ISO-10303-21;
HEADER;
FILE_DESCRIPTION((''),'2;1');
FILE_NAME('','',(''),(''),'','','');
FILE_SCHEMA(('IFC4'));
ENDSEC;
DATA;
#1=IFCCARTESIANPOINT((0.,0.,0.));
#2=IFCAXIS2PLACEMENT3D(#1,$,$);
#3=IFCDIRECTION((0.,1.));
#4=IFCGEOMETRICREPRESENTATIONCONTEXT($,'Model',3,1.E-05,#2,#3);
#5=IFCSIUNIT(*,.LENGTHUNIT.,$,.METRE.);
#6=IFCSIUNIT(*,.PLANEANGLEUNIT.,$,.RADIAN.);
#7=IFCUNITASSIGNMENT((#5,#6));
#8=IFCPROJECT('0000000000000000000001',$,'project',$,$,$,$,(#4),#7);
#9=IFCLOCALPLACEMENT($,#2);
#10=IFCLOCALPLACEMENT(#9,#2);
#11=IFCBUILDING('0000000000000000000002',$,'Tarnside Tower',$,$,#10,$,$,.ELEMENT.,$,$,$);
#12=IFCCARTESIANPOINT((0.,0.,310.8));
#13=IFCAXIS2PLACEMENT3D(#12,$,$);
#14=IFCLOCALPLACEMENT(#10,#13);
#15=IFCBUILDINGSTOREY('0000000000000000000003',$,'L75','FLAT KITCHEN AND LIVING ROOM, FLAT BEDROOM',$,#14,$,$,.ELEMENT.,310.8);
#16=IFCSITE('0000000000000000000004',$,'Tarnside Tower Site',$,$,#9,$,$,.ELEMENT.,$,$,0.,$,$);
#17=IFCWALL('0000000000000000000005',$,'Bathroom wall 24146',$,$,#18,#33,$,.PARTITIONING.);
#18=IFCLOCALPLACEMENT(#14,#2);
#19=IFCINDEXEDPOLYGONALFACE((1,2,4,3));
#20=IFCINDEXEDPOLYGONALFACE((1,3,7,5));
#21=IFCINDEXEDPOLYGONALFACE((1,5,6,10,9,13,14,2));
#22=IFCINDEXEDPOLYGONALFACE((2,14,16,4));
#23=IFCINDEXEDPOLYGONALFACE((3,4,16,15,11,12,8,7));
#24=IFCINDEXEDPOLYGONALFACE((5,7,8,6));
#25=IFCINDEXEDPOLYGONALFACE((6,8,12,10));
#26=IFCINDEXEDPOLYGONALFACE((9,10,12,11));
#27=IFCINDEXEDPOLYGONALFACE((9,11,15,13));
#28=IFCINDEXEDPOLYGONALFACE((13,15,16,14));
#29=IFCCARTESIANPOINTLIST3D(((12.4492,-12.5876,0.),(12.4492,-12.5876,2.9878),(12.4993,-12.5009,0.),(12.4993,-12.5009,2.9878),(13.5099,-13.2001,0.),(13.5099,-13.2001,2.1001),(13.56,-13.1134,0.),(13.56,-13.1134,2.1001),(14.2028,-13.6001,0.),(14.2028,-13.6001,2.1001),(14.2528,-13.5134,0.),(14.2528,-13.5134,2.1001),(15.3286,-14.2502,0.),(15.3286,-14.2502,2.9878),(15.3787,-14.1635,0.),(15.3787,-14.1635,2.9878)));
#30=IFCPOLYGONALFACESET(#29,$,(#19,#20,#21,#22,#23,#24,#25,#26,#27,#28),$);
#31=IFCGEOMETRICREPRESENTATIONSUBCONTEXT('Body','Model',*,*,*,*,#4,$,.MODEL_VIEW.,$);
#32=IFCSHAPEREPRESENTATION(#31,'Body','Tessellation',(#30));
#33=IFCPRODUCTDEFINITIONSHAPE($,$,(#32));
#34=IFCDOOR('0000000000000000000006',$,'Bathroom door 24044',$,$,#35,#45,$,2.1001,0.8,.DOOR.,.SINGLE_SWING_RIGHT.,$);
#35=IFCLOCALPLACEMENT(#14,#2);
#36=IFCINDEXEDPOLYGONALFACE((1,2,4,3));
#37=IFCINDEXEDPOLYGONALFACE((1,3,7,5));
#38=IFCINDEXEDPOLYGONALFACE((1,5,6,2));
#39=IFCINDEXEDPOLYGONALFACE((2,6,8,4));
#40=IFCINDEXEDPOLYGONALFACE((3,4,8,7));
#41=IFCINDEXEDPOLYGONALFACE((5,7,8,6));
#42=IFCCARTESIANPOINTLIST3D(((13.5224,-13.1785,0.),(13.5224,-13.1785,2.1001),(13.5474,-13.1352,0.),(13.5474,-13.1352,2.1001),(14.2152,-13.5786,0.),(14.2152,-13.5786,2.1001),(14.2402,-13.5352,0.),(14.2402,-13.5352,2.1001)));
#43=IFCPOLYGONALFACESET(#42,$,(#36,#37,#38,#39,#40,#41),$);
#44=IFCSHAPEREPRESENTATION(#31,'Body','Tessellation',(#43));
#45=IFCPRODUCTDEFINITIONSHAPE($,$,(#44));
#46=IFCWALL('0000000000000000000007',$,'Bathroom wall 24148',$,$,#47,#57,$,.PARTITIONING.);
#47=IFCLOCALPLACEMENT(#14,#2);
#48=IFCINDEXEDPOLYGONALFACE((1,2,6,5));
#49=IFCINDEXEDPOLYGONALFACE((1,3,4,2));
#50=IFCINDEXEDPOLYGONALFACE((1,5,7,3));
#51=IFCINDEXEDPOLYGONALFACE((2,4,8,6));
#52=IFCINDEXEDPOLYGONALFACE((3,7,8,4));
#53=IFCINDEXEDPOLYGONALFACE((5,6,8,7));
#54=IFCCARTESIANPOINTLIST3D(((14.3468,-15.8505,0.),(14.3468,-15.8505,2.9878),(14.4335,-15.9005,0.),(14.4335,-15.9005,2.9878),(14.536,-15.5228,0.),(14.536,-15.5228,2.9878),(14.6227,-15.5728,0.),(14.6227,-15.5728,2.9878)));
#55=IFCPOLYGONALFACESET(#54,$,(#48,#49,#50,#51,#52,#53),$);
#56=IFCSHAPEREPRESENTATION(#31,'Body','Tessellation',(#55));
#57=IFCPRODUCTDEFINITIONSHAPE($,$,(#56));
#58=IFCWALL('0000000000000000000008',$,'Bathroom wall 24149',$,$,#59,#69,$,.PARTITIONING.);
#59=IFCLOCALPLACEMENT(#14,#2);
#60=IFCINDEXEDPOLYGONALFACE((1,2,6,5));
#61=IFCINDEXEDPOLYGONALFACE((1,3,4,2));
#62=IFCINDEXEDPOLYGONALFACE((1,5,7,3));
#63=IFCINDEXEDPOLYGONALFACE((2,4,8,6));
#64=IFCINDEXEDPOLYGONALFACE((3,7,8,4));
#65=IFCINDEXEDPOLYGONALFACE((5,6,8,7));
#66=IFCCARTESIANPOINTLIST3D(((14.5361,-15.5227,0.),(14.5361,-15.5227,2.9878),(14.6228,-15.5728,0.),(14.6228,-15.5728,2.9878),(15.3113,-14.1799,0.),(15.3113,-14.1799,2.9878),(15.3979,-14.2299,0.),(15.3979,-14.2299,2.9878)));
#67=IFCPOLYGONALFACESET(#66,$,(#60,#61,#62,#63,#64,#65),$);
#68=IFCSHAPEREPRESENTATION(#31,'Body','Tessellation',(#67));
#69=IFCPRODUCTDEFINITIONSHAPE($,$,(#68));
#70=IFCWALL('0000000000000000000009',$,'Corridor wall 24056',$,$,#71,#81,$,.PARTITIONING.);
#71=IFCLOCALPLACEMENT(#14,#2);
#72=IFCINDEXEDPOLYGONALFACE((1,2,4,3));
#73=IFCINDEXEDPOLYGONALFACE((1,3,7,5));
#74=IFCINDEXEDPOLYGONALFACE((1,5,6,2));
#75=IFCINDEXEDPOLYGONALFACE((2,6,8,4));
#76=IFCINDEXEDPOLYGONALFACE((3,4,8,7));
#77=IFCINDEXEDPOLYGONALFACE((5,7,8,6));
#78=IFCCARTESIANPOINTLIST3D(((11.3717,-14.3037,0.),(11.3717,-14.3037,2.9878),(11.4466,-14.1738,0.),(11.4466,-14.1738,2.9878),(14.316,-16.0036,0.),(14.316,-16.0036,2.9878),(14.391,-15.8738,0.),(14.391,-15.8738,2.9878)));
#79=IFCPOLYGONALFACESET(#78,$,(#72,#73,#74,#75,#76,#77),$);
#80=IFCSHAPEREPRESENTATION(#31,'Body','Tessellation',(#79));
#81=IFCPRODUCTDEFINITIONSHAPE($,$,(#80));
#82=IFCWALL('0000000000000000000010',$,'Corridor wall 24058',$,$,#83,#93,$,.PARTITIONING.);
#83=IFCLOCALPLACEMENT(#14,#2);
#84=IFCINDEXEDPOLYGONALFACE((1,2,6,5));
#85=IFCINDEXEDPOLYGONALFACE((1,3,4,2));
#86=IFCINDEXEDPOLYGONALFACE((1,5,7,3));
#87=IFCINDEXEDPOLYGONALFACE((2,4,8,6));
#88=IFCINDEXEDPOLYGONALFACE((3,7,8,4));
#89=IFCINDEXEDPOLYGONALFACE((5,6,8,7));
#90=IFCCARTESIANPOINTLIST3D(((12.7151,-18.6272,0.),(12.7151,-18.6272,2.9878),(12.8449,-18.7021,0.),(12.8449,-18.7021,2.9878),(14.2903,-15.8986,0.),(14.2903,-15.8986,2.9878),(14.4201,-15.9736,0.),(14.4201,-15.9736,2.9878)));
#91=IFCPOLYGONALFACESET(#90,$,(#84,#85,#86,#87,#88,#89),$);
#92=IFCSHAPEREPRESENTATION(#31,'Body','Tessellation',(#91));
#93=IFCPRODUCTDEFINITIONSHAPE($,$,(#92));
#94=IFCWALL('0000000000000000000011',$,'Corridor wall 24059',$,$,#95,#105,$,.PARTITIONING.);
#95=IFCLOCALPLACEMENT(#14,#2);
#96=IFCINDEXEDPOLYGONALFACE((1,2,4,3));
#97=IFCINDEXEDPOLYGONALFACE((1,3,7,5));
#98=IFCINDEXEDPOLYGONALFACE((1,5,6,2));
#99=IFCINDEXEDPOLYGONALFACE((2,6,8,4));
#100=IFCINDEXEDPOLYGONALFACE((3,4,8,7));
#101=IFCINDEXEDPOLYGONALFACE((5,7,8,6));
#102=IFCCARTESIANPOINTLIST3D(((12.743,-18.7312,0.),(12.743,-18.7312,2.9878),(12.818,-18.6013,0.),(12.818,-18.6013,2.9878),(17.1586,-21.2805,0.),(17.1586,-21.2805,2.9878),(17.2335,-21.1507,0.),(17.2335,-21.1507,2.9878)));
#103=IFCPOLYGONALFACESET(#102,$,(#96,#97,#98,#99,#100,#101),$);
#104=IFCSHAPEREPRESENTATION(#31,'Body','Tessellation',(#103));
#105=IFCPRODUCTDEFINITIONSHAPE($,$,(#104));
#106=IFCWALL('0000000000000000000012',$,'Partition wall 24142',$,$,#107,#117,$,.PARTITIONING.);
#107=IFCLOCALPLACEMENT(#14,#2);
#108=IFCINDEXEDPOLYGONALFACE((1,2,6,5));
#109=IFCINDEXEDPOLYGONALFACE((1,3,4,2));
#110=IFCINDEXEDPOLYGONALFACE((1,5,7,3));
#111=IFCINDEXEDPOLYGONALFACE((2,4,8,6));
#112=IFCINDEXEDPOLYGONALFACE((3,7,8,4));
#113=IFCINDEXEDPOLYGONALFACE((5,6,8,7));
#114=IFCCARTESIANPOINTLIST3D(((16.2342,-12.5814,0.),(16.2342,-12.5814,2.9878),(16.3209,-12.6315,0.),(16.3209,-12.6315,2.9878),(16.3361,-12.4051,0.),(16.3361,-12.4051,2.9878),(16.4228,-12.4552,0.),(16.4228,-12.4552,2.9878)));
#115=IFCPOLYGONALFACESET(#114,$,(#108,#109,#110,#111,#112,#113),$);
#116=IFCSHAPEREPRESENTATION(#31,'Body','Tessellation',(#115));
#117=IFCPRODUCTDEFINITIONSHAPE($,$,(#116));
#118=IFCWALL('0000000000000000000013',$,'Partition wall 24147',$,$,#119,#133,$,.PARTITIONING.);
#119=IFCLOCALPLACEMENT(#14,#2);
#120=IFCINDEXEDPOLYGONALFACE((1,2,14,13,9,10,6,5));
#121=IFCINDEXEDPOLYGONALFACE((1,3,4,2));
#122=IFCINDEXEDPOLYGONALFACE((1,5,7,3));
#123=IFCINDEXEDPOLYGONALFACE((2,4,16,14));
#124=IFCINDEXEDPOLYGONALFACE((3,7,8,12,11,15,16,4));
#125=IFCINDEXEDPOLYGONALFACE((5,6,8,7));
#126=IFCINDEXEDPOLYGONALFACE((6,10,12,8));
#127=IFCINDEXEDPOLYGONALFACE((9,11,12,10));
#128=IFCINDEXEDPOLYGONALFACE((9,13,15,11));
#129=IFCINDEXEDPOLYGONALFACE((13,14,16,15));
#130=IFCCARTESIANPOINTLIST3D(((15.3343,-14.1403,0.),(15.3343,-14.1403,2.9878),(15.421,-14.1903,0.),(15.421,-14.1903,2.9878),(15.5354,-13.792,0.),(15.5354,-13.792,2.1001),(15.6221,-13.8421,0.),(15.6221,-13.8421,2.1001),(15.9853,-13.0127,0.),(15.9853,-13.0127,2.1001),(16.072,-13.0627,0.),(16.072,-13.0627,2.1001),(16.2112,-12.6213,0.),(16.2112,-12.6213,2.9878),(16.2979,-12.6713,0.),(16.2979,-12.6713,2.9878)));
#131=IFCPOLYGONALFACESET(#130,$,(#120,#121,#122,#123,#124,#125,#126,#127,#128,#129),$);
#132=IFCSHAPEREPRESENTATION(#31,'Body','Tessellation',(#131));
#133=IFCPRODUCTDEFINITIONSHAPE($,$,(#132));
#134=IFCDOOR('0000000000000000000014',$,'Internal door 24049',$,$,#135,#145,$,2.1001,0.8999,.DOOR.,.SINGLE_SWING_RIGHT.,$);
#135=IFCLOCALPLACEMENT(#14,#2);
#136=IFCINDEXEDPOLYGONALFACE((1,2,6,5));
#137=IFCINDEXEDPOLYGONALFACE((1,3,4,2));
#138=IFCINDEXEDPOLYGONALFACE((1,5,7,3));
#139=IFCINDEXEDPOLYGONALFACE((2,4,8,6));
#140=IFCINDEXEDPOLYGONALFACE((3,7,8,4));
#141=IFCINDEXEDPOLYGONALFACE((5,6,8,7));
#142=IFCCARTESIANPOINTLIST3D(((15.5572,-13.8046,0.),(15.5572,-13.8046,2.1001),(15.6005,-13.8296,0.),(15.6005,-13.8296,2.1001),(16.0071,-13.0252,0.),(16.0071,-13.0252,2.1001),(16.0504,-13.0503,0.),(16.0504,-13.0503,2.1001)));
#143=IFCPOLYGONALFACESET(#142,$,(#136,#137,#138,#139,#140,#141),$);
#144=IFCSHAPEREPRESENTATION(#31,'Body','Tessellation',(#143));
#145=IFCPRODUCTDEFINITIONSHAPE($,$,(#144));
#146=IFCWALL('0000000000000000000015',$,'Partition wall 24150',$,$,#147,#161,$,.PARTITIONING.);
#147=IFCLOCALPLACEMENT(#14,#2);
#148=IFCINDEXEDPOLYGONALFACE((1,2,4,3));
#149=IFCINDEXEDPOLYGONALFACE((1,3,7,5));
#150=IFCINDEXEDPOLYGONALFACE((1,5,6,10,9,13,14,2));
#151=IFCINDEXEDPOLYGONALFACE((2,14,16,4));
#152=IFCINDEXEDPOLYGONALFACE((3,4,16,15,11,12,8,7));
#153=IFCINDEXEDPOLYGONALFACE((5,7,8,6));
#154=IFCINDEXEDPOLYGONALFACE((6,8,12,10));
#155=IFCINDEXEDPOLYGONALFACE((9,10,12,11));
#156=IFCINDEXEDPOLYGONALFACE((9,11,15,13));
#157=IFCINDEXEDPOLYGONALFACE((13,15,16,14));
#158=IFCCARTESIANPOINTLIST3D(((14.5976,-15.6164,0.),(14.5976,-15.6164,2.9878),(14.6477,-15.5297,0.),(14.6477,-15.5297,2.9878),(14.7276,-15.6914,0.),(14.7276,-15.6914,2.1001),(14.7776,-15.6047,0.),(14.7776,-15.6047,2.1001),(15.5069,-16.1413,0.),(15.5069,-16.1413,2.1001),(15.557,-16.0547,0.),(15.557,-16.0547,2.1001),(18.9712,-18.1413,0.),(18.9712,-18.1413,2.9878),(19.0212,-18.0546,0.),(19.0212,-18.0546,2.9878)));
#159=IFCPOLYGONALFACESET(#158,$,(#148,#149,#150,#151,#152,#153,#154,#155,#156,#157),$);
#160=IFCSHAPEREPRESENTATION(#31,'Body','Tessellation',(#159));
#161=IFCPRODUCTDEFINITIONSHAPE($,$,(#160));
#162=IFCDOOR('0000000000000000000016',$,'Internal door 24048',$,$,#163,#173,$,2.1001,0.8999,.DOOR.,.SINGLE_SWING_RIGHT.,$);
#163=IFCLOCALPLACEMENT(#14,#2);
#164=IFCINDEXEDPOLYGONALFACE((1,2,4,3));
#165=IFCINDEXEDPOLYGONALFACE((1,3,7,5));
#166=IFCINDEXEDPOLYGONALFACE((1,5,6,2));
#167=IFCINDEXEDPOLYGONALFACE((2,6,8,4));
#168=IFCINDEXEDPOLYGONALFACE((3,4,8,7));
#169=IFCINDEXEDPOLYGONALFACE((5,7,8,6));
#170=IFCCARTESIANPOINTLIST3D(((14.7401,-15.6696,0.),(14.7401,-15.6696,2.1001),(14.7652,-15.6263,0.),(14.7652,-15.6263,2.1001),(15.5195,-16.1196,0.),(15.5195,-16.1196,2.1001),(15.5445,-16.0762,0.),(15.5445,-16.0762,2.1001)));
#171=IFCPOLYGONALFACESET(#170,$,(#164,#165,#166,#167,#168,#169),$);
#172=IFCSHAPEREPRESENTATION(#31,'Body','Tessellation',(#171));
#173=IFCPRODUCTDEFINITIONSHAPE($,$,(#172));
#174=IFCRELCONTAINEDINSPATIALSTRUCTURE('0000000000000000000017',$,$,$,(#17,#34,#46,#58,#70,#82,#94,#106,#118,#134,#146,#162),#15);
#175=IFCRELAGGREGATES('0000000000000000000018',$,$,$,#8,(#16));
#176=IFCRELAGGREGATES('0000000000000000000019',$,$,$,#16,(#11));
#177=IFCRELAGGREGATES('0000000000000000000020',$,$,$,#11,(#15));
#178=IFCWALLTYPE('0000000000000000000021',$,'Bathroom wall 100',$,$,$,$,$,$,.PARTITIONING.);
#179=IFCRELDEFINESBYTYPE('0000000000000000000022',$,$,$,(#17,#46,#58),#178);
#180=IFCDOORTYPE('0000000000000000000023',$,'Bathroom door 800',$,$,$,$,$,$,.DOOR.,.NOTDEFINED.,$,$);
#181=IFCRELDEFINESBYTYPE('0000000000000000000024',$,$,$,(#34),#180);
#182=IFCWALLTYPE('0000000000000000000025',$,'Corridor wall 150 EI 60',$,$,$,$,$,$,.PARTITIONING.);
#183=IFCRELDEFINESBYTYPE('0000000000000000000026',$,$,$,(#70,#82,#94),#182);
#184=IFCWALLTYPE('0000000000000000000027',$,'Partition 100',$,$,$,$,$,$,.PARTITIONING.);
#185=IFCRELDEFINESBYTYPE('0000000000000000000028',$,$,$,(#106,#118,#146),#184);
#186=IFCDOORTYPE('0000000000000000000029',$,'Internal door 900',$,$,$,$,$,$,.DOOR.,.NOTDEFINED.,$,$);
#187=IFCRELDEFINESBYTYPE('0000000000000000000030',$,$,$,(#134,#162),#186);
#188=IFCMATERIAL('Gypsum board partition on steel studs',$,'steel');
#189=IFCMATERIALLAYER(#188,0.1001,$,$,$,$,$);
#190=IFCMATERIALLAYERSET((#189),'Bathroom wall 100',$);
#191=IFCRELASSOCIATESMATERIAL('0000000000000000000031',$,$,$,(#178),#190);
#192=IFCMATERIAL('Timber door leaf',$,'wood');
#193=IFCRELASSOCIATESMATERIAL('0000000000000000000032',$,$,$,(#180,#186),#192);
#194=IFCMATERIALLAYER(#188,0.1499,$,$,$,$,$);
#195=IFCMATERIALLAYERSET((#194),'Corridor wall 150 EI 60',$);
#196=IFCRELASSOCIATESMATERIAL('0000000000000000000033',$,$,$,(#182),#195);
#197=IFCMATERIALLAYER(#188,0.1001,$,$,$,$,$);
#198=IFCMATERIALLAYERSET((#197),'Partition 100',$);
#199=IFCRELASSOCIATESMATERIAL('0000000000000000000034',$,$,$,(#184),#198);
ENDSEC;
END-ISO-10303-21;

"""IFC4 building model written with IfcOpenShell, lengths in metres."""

from ifc_helpers import new_model, si_unit, direction, frame, frame_2d, origin, place, context, subcontext, project, spatial, rectangle, extrude, material, layer, layer_set, type_object, element, fill, save


model = new_model("IFC4")

# Units and contexts
model_context = context("Model", 3, precision=1e-05, world=origin(), true_north=direction((0.0, 1.0)))
body_context = subcontext(model_context, "Body", "Model", "MODEL_VIEW")
ifc_project = project(units=[si_unit("LENGTHUNIT", "METRE"), si_unit("PLANEANGLEUNIT", "RADIAN")], contexts=[model_context])

# Site, building, storey
site_placement = place(None, origin())
site = spatial("IfcSite", under=ifc_project, at=site_placement, Name="Tarnside Tower Site", CompositionType="ELEMENT", RefElevation=0.0)
building_placement = place(site_placement, origin())
building = spatial("IfcBuilding", under=site, at=building_placement, Name="Tarnside Tower", CompositionType="ELEMENT")
storey_placement = place(building_placement, frame((0.0, 0.0, 310.8)))
storey = spatial("IfcBuildingStorey", under=building, at=storey_placement, Name="L75", Description="FLAT KITCHEN AND LIVING ROOM, FLAT BEDROOM", CompositionType="ELEMENT", Elevation=310.8)

# Wall, opening, door
ifc_material_1 = material(Name="Gypsum board partition on steel studs", Category="steel")
ifc_layer_1 = layer(ifc_material_1, 0.1001)
ifc_layer_set_1 = layer_set([ifc_layer_1], Name="Bathroom wall 100")
wall_type_1 = type_object("IfcWallType", Name="Bathroom wall 100", PredefinedType="PARTITIONING", material=ifc_layer_set_1)
wall_1_placement = place(storey_placement, frame((12.4741, -12.5442, 0.0), z_axis=(0.0, 0.0, 1.0), x_axis=(0.866002, -0.50004, 0.0)))
wall_1 = element("IfcWall", 1, at=wall_1_placement, inside=storey, type_object=wall_type_1, Name="Bathroom wall 24146", PredefinedType="PARTITIONING", context=body_context, shape_type="SweptSolid", body=[
    extrude(rectangle(XDim=3.325, YDim=0.1001, at=frame_2d((1.6626, 0.0))), origin(), (0.0, 0.0, 1.0), 2.9878),
])
opening_1_placement = place(wall_1_placement, frame((1.2251, 0.0, 0.0)))
opening_1 = element("IfcOpeningElement", 2, at=opening_1_placement, cuts=wall_1, PredefinedType="OPENING", context=body_context, shape_type="SweptSolid", body=[
    extrude(rectangle(XDim=0.8, YDim=2.1001, at=frame_2d((0.3999, 1.05))), frame((0.0, 0.0601, 0.0), z_axis=(0.0, -1.0, 0.0), x_axis=(1.0, 0.0, 0.0)), (0.0, 0.0, 1.0), 0.1201),
])
ifc_material_2 = material(Name="Timber door leaf", Category="wood")
door_type_1 = type_object("IfcDoorType", Name="Bathroom door 800", OperationType="NOTDEFINED", PredefinedType="DOOR", material=ifc_material_2)
door_1_placement = place(opening_1_placement, origin())
door_1 = element("IfcDoor", 3, at=door_1_placement, inside=storey, type_object=door_type_1, Name="Bathroom door 24044", OperationType="SINGLE_SWING_RIGHT", OverallHeight=2.1001, OverallWidth=0.8, PredefinedType="DOOR", context=body_context, shape_type="SweptSolid", body=[
    extrude(rectangle(XDim=0.8, YDim=2.1001, at=frame_2d((0.3999, 1.05))), frame((0.0, 0.0249, 0.0), z_axis=(0.0, -1.0, 0.0), x_axis=(1.0, 0.0, 0.0)), (0.0, 0.0, 1.0), 0.05),
])
fill(opening_1, door_1)

# Walls
wall_2_placement = place(storey_placement, frame((14.3901, -15.8755, 0.0), z_axis=(0.0, 0.0, 1.0), x_axis=(0.500095, 0.865971, 0.0)))
element("IfcWall", 4, at=wall_2_placement, inside=storey, type_object=wall_type_1, Name="Bathroom wall 24148", PredefinedType="PARTITIONING", context=body_context, shape_type="SweptSolid", body=[
    extrude(rectangle(XDim=0.3784, YDim=0.1001, at=frame_2d((0.1892, 0.0))), origin(), (0.0, 0.0, 1.0), 2.9878),
])
wall_3_placement = place(storey_placement, frame((14.5793, -15.5479, 0.0), z_axis=(0.0, 0.0, 1.0), x_axis=(0.49995, 0.866054, 0.0)))
element("IfcWall", 5, at=wall_3_placement, inside=storey, type_object=wall_type_1, Name="Bathroom wall 24149", PredefinedType="PARTITIONING", context=body_context, shape_type="SweptSolid", body=[
    extrude(rectangle(XDim=1.5505, YDim=0.1001, at=frame_2d((0.7754, 0.0))), origin(), (0.0, 0.0, 1.0), 2.9878),
])
ifc_layer_2 = layer(ifc_material_1, 0.1499)
ifc_layer_set_2 = layer_set([ifc_layer_2], Name="Corridor wall 150 EI 60")
wall_type_2 = type_object("IfcWallType", Name="Corridor wall 150 EI 60", PredefinedType="PARTITIONING", material=ifc_layer_set_2)
wall_4_placement = place(storey_placement, frame((14.3535, -15.9387, 0.0), z_axis=(0.0, 0.0, 1.0), x_axis=(-0.866021, 0.500008, 0.0)))
element("IfcWall", 6, at=wall_4_placement, inside=storey, type_object=wall_type_2, Name="Corridor wall 24056", PredefinedType="PARTITIONING", context=body_context, shape_type="SweptSolid", body=[
    extrude(rectangle(XDim=3.3999, YDim=0.1499, at=frame_2d((1.7, 0.0))), origin(), (0.0, 0.0, 1.0), 2.9878),
])
wall_5_placement = place(storey_placement, frame((12.78, -18.6646, 0.0), z_axis=(0.0, 0.0, 1.0), x_axis=(0.499973, 0.866041, 0.0)))
element("IfcWall", 7, at=wall_5_placement, inside=storey, type_object=wall_type_2, Name="Corridor wall 24058", PredefinedType="PARTITIONING", context=body_context, shape_type="SweptSolid", body=[
    extrude(rectangle(XDim=3.1506, YDim=0.1499, at=frame_2d((1.5752, 0.0))), origin(), (0.0, 0.0, 1.0), 2.9878),
])
wall_6_placement = place(storey_placement, frame((17.196, -21.2156, 0.0), z_axis=(0.0, 0.0, 1.0), x_axis=(-0.866025, 0.500002, 0.0)))
element("IfcWall", 8, at=wall_6_placement, inside=storey, type_object=wall_type_2, Name="Corridor wall 24059", PredefinedType="PARTITIONING", context=body_context, shape_type="SweptSolid", body=[
    extrude(rectangle(XDim=5.0986, YDim=0.1499, at=frame_2d((2.5493, 0.0))), origin(), (0.0, 0.0, 1.0), 2.9878),
])
ifc_layer_3 = layer(ifc_material_1, 0.1001)
ifc_layer_set_3 = layer_set([ifc_layer_3], Name="Partition 100")
wall_type_3 = type_object("IfcWallType", Name="Partition 100", PredefinedType="PARTITIONING", material=ifc_layer_set_3)
wall_7_placement = place(storey_placement, frame((16.2776, -12.6064, 0.0), z_axis=(0.0, 0.0, 1.0), x_axis=(0.500138, 0.865946, 0.0)))
element("IfcWall", 9, at=wall_7_placement, inside=storey, type_object=wall_type_3, Name="Partition wall 24142", PredefinedType="PARTITIONING", context=body_context, shape_type="SweptSolid", body=[
    extrude(rectangle(XDim=0.2036, YDim=0.1001, at=frame_2d((0.1018, 0.0))), origin(), (0.0, 0.0, 1.0), 2.9878),
])

# Walls, openings, doors
wall_8_placement = place(storey_placement, frame((15.3777, -14.1653, 0.0), z_axis=(0.0, 0.0, 1.0), x_axis=(0.499971, 0.866042, 0.0)))
wall_8 = element("IfcWall", 10, at=wall_8_placement, inside=storey, type_object=wall_type_3, Name="Partition wall 24147", PredefinedType="PARTITIONING", context=body_context, shape_type="SweptSolid", body=[
    extrude(rectangle(XDim=1.7539, YDim=0.1001, at=frame_2d((0.877, 0.0))), origin(), (0.0, 0.0, 1.0), 2.9878),
])
opening_2_placement = place(wall_8_placement, frame((0.4021, 0.0, 0.0)))
opening_2 = element("IfcOpeningElement", 11, at=opening_2_placement, cuts=wall_8, PredefinedType="OPENING", context=body_context, shape_type="SweptSolid", body=[
    extrude(rectangle(XDim=0.8999, YDim=2.1001, at=frame_2d((0.45, 1.05))), frame((0.0, 0.0601, 0.0), z_axis=(0.0, -1.0, 0.0), x_axis=(1.0, 0.0, 0.0)), (0.0, 0.0, 1.0), 0.1201),
])
door_type_2 = type_object("IfcDoorType", Name="Internal door 900", OperationType="NOTDEFINED", PredefinedType="DOOR", material=ifc_material_2)
door_2_placement = place(opening_2_placement, origin())
door_2 = element("IfcDoor", 12, at=door_2_placement, inside=storey, type_object=door_type_2, Name="Internal door 24049", OperationType="SINGLE_SWING_RIGHT", OverallHeight=2.1001, OverallWidth=0.8999, PredefinedType="DOOR", context=body_context, shape_type="SweptSolid", body=[
    extrude(rectangle(XDim=0.8999, YDim=2.1001, at=frame_2d((0.45, 1.05))), frame((0.0, 0.0249, 0.0), z_axis=(0.0, -1.0, 0.0), x_axis=(1.0, 0.0, 0.0)), (0.0, 0.0, 1.0), 0.05),
])
fill(opening_2, door_2)
wall_9_placement = place(storey_placement, frame((18.9961, -18.0979, 0.0), z_axis=(0.0, 0.0, 1.0), x_axis=(-0.866039, 0.499976, 0.0)))
wall_9 = element("IfcWall", 13, at=wall_9_placement, inside=storey, type_object=wall_type_3, Name="Partition wall 24150", PredefinedType="PARTITIONING", context=body_context, shape_type="SweptSolid", body=[
    extrude(rectangle(XDim=5.05, YDim=0.1001, at=frame_2d((2.5249, 0.0))), origin(), (0.0, 0.0, 1.0), 2.9878),
])
opening_3_placement = place(wall_9_placement, frame((4.0, 0.0, 0.0)))
opening_3 = element("IfcOpeningElement", 14, at=opening_3_placement, cuts=wall_9, PredefinedType="OPENING", context=body_context, shape_type="SweptSolid", body=[
    extrude(rectangle(XDim=0.8999, YDim=2.1001, at=frame_2d((0.45, 1.05))), frame((0.0, 0.0601, 0.0), z_axis=(0.0, -1.0, 0.0), x_axis=(1.0, 0.0, 0.0)), (0.0, 0.0, 1.0), 0.1201),
])
door_3_placement = place(opening_3_placement, origin())
door_3 = element("IfcDoor", 15, at=door_3_placement, inside=storey, type_object=door_type_2, Name="Internal door 24048", OperationType="SINGLE_SWING_RIGHT", OverallHeight=2.1001, OverallWidth=0.8999, PredefinedType="DOOR", context=body_context, shape_type="SweptSolid", body=[
    extrude(rectangle(XDim=0.8999, YDim=2.1001, at=frame_2d((0.45, 1.05))), frame((0.0, 0.0249, 0.0), z_axis=(0.0, -1.0, 0.0), x_axis=(1.0, 0.0, 0.0)), (0.0, 0.0, 1.0), 0.05),
])
fill(opening_3, door_3)

save(model, "model.ifc")
